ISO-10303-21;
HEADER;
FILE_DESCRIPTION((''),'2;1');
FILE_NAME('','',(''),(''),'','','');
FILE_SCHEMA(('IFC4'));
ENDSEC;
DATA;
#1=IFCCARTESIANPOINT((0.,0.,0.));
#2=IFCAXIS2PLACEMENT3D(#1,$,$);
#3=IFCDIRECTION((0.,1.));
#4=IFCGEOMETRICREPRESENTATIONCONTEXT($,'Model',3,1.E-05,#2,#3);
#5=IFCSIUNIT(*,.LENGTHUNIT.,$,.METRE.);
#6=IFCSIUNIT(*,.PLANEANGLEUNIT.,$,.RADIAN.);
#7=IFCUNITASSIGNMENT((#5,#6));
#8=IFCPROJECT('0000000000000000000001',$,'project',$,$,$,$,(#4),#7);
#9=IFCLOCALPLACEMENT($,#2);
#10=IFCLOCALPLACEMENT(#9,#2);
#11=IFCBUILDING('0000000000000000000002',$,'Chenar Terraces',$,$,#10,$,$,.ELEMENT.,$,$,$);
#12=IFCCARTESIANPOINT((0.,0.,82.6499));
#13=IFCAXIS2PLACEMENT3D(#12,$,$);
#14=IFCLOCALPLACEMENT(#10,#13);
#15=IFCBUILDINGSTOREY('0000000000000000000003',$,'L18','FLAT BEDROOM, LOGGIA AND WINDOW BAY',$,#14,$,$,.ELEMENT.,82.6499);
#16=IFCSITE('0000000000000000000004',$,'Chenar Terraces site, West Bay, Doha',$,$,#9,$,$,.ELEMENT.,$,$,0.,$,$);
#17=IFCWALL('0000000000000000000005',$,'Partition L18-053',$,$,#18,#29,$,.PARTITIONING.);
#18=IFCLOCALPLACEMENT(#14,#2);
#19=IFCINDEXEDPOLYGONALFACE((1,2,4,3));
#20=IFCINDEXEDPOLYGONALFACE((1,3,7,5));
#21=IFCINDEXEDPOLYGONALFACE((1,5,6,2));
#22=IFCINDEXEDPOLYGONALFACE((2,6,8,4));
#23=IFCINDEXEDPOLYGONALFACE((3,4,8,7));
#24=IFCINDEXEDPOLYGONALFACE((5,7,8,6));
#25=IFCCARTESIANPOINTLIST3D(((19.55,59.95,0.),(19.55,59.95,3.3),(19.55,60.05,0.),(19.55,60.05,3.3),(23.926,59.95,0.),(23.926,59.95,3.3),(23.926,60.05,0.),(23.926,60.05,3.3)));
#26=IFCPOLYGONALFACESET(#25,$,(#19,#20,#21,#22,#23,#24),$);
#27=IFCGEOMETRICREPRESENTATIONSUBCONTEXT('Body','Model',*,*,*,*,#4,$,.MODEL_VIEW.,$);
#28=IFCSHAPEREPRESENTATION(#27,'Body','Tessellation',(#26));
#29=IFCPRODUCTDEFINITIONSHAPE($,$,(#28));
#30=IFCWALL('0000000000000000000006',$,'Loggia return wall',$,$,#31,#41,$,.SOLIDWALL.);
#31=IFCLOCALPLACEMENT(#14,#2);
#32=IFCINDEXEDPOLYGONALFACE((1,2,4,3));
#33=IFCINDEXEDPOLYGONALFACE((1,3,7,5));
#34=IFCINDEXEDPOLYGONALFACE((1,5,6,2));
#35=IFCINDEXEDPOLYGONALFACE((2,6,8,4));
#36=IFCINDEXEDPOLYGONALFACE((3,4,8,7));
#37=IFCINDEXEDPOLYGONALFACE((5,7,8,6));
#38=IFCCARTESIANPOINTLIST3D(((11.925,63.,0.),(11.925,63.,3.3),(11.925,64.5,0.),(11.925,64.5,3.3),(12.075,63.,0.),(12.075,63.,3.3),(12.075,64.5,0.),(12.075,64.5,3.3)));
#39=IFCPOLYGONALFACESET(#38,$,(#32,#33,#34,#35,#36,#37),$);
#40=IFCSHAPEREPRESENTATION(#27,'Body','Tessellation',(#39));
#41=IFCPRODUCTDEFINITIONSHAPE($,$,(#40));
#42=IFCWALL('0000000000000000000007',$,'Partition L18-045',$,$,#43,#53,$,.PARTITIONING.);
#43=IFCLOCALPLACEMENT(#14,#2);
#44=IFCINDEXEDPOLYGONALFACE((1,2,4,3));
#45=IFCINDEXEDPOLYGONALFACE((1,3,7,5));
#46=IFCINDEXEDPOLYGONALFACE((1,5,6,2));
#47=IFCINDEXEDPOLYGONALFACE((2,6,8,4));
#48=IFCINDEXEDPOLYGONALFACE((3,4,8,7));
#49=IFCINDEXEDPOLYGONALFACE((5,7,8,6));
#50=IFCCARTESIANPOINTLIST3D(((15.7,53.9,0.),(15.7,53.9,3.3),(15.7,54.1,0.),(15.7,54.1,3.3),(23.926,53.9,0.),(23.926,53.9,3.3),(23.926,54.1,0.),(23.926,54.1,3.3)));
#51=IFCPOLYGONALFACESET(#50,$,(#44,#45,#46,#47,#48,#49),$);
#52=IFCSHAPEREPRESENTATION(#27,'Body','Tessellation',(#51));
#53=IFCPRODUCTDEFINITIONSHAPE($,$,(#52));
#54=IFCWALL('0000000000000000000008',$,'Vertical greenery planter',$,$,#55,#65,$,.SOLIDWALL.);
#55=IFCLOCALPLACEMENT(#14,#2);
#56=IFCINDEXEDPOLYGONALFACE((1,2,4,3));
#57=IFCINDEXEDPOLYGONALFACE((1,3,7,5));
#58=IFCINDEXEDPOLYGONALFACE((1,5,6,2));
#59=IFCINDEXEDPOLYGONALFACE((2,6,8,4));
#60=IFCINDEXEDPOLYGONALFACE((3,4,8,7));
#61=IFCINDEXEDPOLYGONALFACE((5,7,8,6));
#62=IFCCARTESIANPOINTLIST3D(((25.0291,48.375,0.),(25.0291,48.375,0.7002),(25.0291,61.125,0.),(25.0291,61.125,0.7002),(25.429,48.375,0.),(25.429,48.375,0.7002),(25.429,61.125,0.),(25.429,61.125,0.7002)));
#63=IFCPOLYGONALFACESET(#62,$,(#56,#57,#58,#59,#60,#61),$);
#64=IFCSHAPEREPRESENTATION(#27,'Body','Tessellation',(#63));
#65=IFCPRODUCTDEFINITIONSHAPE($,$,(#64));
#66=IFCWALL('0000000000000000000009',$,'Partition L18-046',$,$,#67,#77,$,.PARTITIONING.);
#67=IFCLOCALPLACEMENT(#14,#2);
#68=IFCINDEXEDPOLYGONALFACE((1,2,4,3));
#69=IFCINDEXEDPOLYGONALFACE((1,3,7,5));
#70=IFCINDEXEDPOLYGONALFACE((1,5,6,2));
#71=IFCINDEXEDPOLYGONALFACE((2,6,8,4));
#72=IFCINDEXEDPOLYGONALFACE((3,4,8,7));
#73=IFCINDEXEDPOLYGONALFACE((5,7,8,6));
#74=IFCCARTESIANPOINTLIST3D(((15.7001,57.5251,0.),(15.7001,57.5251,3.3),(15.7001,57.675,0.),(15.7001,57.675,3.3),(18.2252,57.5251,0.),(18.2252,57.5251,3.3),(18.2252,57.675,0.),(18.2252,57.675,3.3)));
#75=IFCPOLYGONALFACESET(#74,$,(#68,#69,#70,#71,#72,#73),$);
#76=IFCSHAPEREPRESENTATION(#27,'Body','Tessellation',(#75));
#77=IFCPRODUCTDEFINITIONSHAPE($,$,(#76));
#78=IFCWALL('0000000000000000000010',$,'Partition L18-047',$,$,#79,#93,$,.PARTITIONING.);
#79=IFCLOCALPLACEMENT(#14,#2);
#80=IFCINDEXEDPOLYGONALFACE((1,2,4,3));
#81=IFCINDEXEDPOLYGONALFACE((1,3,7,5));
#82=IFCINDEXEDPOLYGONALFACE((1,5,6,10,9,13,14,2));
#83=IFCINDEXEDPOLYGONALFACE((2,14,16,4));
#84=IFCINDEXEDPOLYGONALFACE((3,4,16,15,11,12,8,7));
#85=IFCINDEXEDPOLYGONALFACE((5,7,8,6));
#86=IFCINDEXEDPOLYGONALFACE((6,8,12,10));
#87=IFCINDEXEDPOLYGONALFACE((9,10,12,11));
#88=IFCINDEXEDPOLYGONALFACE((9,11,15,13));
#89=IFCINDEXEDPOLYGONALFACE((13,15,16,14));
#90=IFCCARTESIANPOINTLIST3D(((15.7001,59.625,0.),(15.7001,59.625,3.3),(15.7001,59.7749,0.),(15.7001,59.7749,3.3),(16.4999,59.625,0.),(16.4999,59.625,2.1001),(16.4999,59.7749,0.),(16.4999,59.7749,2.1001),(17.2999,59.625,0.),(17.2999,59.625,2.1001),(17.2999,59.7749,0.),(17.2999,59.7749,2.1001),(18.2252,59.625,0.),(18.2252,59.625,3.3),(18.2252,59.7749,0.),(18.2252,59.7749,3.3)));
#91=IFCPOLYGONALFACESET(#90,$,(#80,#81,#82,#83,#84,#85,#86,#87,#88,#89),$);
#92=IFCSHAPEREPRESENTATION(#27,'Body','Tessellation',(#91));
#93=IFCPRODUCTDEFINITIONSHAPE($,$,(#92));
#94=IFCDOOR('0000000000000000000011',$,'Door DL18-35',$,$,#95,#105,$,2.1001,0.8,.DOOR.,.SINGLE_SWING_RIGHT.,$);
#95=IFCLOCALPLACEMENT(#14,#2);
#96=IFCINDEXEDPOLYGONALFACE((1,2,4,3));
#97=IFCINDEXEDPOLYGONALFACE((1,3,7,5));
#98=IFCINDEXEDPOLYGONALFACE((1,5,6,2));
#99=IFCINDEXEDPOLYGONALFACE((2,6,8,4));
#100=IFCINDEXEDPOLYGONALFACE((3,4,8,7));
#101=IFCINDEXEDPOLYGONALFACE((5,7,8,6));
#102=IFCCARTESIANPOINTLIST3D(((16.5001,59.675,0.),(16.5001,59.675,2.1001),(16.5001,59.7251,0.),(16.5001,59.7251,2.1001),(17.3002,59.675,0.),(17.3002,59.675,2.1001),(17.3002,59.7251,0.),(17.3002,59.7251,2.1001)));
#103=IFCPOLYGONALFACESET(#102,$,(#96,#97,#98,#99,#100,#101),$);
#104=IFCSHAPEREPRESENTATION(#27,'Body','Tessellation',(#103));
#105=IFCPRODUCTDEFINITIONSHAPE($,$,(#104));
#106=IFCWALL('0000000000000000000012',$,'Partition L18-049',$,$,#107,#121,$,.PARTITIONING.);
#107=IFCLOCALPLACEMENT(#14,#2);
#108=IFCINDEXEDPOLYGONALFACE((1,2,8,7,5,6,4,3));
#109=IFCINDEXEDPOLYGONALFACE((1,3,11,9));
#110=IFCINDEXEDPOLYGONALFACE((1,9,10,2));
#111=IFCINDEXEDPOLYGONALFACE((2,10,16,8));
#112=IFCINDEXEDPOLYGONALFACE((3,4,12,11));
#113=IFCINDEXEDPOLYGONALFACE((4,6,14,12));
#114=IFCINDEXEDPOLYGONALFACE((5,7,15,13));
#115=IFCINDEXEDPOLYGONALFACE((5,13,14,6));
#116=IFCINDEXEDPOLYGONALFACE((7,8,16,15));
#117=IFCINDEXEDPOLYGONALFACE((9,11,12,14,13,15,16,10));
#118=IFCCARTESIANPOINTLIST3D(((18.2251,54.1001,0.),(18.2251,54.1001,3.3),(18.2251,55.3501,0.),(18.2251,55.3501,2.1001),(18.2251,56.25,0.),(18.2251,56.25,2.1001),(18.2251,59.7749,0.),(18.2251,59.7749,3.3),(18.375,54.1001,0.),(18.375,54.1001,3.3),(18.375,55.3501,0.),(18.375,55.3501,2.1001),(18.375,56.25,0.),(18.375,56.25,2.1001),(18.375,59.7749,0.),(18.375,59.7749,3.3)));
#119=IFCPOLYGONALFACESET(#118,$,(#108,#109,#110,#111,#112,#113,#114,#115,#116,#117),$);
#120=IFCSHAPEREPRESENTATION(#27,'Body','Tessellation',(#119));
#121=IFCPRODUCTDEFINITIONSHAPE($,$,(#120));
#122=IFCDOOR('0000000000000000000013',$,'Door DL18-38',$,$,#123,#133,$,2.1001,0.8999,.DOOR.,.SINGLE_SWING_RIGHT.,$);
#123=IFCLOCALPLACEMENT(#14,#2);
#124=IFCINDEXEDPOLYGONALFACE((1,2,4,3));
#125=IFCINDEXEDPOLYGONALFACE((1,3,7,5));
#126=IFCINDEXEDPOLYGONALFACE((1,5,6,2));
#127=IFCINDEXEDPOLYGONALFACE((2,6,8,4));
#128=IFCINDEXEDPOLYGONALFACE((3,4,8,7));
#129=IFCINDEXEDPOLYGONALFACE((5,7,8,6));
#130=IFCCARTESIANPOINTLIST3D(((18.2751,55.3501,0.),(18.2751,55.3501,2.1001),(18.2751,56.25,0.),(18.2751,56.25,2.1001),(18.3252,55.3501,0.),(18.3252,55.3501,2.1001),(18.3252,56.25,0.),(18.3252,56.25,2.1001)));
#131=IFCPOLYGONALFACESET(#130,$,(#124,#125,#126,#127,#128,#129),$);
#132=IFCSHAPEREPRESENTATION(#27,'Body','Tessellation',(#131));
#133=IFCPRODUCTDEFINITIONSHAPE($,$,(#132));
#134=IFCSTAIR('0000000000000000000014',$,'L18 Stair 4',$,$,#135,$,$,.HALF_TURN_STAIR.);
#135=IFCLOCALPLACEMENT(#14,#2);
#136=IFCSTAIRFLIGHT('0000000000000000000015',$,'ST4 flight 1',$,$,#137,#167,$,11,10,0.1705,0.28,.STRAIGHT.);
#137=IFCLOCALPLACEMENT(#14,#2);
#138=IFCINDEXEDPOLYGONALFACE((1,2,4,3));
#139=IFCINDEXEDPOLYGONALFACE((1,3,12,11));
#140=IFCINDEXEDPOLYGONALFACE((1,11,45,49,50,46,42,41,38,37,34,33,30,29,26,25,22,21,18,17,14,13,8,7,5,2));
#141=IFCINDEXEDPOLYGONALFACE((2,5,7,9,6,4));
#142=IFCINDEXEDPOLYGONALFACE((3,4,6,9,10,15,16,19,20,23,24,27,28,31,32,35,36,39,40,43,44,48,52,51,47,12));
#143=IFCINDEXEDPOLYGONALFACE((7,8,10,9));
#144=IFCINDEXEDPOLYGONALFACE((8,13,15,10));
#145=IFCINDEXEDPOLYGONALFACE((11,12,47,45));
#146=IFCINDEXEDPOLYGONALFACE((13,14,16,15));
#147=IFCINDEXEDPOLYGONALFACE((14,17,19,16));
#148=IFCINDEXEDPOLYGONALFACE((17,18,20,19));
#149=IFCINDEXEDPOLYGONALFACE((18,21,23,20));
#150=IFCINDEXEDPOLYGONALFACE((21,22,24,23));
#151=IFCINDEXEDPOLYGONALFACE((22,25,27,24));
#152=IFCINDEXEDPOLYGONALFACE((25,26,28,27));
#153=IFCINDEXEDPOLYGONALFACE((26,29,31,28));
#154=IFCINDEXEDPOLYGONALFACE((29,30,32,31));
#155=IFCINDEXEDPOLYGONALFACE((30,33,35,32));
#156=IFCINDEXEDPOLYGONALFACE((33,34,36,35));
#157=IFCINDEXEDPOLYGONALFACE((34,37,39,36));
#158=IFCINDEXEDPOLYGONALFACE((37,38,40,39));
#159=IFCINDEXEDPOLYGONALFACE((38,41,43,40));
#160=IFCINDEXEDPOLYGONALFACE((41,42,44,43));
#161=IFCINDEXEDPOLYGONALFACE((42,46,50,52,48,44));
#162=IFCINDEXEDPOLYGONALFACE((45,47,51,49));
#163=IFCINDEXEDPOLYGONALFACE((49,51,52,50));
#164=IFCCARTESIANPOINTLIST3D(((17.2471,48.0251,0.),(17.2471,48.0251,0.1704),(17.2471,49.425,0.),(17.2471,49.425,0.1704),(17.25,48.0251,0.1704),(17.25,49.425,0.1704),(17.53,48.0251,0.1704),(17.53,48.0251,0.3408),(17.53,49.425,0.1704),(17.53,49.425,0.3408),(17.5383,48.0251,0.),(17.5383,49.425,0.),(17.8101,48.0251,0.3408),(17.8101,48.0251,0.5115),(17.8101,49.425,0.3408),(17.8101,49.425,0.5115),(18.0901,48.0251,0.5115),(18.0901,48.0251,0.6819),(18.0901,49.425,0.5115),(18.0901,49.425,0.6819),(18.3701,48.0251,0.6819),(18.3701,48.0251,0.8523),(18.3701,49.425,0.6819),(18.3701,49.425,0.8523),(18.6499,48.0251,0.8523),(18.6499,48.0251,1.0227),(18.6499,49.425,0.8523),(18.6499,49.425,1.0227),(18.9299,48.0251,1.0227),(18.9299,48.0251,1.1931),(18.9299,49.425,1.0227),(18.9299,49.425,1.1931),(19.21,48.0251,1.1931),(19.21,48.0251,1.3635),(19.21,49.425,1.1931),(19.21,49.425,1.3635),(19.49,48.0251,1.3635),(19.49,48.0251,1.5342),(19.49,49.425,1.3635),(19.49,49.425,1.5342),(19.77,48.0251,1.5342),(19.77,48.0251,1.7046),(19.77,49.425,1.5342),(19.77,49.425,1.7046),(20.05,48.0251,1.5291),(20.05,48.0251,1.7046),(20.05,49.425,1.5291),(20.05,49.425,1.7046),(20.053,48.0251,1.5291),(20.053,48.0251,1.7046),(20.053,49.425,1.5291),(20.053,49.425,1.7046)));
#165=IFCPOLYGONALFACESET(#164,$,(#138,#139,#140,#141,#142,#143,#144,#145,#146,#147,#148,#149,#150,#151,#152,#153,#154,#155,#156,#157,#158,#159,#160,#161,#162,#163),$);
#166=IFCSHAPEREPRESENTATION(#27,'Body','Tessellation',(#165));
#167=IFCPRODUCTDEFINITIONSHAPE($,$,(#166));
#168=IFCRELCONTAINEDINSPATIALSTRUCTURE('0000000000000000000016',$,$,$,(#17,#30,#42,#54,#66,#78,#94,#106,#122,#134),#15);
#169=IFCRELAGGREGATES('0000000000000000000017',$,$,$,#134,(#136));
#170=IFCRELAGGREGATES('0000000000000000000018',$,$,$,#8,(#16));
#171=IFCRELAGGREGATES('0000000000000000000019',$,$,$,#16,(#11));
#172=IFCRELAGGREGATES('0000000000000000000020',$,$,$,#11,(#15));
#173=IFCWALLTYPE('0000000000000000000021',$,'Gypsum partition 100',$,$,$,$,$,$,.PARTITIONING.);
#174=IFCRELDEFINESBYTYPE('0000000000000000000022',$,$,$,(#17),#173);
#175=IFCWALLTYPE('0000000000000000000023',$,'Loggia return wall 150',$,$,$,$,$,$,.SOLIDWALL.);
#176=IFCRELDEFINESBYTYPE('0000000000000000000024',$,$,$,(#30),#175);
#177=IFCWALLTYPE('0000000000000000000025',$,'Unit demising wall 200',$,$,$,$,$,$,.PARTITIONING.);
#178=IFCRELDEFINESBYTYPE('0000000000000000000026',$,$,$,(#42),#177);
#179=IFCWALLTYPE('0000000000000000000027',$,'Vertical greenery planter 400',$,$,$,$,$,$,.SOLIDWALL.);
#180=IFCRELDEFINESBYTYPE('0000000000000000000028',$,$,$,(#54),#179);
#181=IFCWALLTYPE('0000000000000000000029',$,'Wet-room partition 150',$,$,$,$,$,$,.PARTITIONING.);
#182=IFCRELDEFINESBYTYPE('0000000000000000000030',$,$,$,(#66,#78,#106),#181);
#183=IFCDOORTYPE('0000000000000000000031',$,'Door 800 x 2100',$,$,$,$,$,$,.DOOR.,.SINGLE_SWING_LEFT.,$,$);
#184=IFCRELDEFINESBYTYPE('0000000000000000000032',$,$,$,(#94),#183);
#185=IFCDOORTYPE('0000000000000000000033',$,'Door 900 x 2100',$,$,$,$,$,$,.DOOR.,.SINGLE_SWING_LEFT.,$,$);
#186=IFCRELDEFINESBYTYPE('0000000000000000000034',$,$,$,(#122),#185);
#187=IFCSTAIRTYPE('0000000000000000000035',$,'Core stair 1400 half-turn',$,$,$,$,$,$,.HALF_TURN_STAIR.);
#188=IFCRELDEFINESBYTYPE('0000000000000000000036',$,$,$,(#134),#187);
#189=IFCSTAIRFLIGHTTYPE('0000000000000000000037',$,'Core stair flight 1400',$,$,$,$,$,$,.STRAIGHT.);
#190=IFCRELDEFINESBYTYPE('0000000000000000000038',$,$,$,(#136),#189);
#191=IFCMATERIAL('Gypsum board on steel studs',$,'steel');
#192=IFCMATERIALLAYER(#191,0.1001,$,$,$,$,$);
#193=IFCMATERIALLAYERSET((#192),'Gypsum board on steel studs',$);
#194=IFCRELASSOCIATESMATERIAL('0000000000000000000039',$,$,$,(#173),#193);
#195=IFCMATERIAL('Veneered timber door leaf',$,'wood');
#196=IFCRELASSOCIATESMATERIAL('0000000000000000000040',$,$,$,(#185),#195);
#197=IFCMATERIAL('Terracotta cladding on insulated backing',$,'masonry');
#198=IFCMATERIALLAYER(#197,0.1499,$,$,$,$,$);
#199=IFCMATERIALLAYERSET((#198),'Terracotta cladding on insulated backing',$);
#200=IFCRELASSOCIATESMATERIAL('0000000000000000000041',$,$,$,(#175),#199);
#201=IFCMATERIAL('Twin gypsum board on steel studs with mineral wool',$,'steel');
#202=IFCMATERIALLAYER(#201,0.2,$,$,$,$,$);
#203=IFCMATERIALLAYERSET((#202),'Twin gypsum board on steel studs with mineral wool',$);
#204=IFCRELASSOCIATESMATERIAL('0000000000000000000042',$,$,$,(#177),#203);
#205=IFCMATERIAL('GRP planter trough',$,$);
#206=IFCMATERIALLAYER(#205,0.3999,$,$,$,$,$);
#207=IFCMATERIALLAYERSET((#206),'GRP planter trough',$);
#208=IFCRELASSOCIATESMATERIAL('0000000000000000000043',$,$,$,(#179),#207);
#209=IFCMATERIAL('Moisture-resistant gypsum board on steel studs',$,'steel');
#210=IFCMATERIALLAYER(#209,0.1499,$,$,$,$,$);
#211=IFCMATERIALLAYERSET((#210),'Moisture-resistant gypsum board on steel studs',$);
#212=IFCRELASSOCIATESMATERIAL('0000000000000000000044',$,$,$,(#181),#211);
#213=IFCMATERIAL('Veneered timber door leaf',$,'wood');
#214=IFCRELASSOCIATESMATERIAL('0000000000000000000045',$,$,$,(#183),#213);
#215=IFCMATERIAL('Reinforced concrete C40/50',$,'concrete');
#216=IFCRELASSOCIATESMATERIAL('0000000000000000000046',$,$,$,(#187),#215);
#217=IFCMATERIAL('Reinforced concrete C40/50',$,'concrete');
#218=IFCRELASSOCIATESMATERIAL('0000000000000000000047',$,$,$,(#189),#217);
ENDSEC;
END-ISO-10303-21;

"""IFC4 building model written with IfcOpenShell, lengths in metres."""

from ifc_helpers import new_model, si_unit, direction, frame, frame_2d, origin, place, context, subcontext, project, spatial, polyline, rectangle, outline, extrude, material, layer, layer_set, type_object, element, fill, aggregate, save


model = new_model("IFC4")

# Units and contexts
model_context = context("Model", 3, precision=1e-05, world=origin(), true_north=direction((0.0, 1.0)))
body_context = subcontext(model_context, "Body", "Model", "MODEL_VIEW")
ifc_project = project(units=[si_unit("LENGTHUNIT", "METRE"), si_unit("PLANEANGLEUNIT", "RADIAN")], contexts=[model_context])

# Site, building, storey
site_placement = place(None, origin())
site = spatial("IfcSite", under=ifc_project, at=site_placement, Name="Chenar Terraces site, West Bay, Doha", CompositionType="ELEMENT", RefElevation=0.0)
building_placement = place(site_placement, origin())
building = spatial("IfcBuilding", under=site, at=building_placement, Name="Chenar Terraces", CompositionType="ELEMENT")
storey_placement = place(building_placement, frame((0.0, 0.0, 82.6499)))
storey = spatial("IfcBuildingStorey", under=building, at=storey_placement, Name="L18", Description="FLAT BEDROOM, LOGGIA AND WINDOW BAY", CompositionType="ELEMENT", Elevation=82.6499)

# Shared definitions
ifc_material_1 = material(Name="Gypsum board on steel studs", Category="steel")
ifc_layer_1 = layer(ifc_material_1, 0.1001)
ifc_layer_set_1 = layer_set([ifc_layer_1], Name="Gypsum board on steel studs")
wall_type_1 = type_object("IfcWallType", Name="Gypsum partition 100", PredefinedType="PARTITIONING", material=ifc_layer_set_1)
ifc_material_2 = material(Name="Veneered timber door leaf", Category="wood")
door_type_1 = type_object("IfcDoorType", Name="Door 900 x 2100", OperationType="SINGLE_SWING_LEFT", PredefinedType="DOOR", material=ifc_material_2)

# Walls
for number, where, z_axis, x_axis, name in (
    (1, (19.55, 60.0, 0.0), (0.0, 0.0, 1.0), (1.0, 0.0, 0.0), "Partition L18-053"),
):
    element("IfcWall", number, at=place(storey_placement, frame(where, z_axis=z_axis, x_axis=x_axis)), inside=storey, type_object=wall_type_1, Name=name, PredefinedType="PARTITIONING", context=body_context, shape_type="SweptSolid", body=[
        extrude(rectangle(XDim=4.376, YDim=0.1001, at=frame_2d((2.188, 0.0))), origin(), (0.0, 0.0, 1.0), 3.3),
    ])
ifc_material_3 = material(Name="Terracotta cladding on insulated backing", Category="masonry")
ifc_layer_2 = layer(ifc_material_3, 0.1499)
ifc_layer_set_2 = layer_set([ifc_layer_2], Name="Terracotta cladding on insulated backing")
wall_type_2 = type_object("IfcWallType", Name="Loggia return wall 150", PredefinedType="SOLIDWALL", material=ifc_layer_set_2)
wall_1_placement = place(storey_placement, frame((12.0, 64.5, 0.0), z_axis=(0.0, 0.0, 1.0), x_axis=(0.0, -1.0, 0.0)))
element("IfcWall", 2, at=wall_1_placement, inside=storey, type_object=wall_type_2, Name="Loggia return wall", PredefinedType="SOLIDWALL", context=body_context, shape_type="SweptSolid", body=[
    extrude(rectangle(XDim=1.5, YDim=0.1499, at=frame_2d((0.75, 0.0))), origin(), (0.0, 0.0, 1.0), 3.3),
])
ifc_material_4 = material(Name="Twin gypsum board on steel studs with mineral wool", Category="steel")
ifc_layer_3 = layer(ifc_material_4, 0.2)
ifc_layer_set_3 = layer_set([ifc_layer_3], Name="Twin gypsum board on steel studs with mineral wool")
wall_type_3 = type_object("IfcWallType", Name="Unit demising wall 200", PredefinedType="PARTITIONING", material=ifc_layer_set_3)
wall_2_placement = place(storey_placement, frame((15.7, 54.0, 0.0), z_axis=(0.0, 0.0, 1.0), x_axis=(1.0, 0.0, 0.0)))
element("IfcWall", 3, at=wall_2_placement, inside=storey, type_object=wall_type_3, Name="Partition L18-045", PredefinedType="PARTITIONING", context=body_context, shape_type="SweptSolid", body=[
    extrude(rectangle(XDim=8.2261, YDim=0.2, at=frame_2d((4.113, 0.0))), origin(), (0.0, 0.0, 1.0), 3.3),
])
ifc_material_5 = material(Name="GRP planter trough")
ifc_layer_4 = layer(ifc_material_5, 0.3999)
ifc_layer_set_4 = layer_set([ifc_layer_4], Name="GRP planter trough")
wall_type_4 = type_object("IfcWallType", Name="Vertical greenery planter 400", PredefinedType="SOLIDWALL", material=ifc_layer_set_4)
wall_3_placement = place(storey_placement, frame((25.229, 48.375, 0.0), z_axis=(0.0, 0.0, 1.0), x_axis=(0.0, 1.0, 0.0)))
element("IfcWall", 4, at=wall_3_placement, inside=storey, type_object=wall_type_4, Name="Vertical greenery planter", PredefinedType="SOLIDWALL", context=body_context, shape_type="SweptSolid", body=[
    extrude(rectangle(XDim=12.75, YDim=0.3999, at=frame_2d((6.375, 0.0))), origin(), (0.0, 0.0, 1.0), 0.7002),
])
ifc_material_6 = material(Name="Moisture-resistant gypsum board on steel studs", Category="steel")
ifc_layer_5 = layer(ifc_material_6, 0.1499)
ifc_layer_set_5 = layer_set([ifc_layer_5], Name="Moisture-resistant gypsum board on steel studs")
wall_type_5 = type_object("IfcWallType", Name="Wet-room partition 150", PredefinedType="PARTITIONING", material=ifc_layer_set_5)
wall_4_placement = place(storey_placement, frame((15.7, 57.6001, 0.0), z_axis=(0.0, 0.0, 1.0), x_axis=(1.0, 0.0, 0.0)))
element("IfcWall", 5, at=wall_4_placement, inside=storey, type_object=wall_type_5, Name="Partition L18-046", PredefinedType="PARTITIONING", context=body_context, shape_type="SweptSolid", body=[
    extrude(rectangle(XDim=2.5251, YDim=0.1499, at=frame_2d((1.2627, 0.0))), origin(), (0.0, 0.0, 1.0), 3.3),
])

# Walls, openings, doors
wall_5_placement = place(storey_placement, frame((15.7, 59.7, 0.0), z_axis=(0.0, 0.0, 1.0), x_axis=(1.0, 0.0, 0.0)))
wall_5 = element("IfcWall", 6, at=wall_5_placement, inside=storey, type_object=wall_type_5, Name="Partition L18-047", PredefinedType="PARTITIONING", context=body_context, shape_type="SweptSolid", body=[
    extrude(rectangle(XDim=2.5251, YDim=0.1499, at=frame_2d((1.2627, 0.0))), origin(), (0.0, 0.0, 1.0), 3.3),
])
opening_1_placement = place(wall_5_placement, frame((0.8, 0.0, 0.0)))
opening_1 = element("IfcOpeningElement", 7, at=opening_1_placement, cuts=wall_5, PredefinedType="OPENING", context=body_context, shape_type="SweptSolid", body=[
    extrude(rectangle(XDim=0.8, YDim=2.1001, at=frame_2d((0.3999, 1.05))), frame((0.0, 0.085, 0.0), z_axis=(0.0, -1.0, 0.0), x_axis=(1.0, 0.0, 0.0)), (0.0, 0.0, 1.0), 0.1699),
])
ifc_material_7 = material(Name="Veneered timber door leaf", Category="wood")
door_type_2 = type_object("IfcDoorType", Name="Door 800 x 2100", OperationType="SINGLE_SWING_LEFT", PredefinedType="DOOR", material=ifc_material_7)
door_1_placement = place(opening_1_placement, frame((0.8, 0.0, 0.0), z_axis=(0.0, 0.0, 1.0), x_axis=(-1.0, 0.0, 0.0)))
door_1 = element("IfcDoor", 8, at=door_1_placement, inside=storey, type_object=door_type_2, Name="Door DL18-35", OperationType="SINGLE_SWING_RIGHT", OverallHeight=2.1001, OverallWidth=0.8, PredefinedType="DOOR", context=body_context, shape_type="SweptSolid", body=[
    extrude(rectangle(XDim=0.8, YDim=2.1001, at=frame_2d((0.3999, 1.05))), frame((0.0, 0.0249, 0.0), z_axis=(0.0, -1.0, 0.0), x_axis=(1.0, 0.0, 0.0)), (0.0, 0.0, 1.0), 0.05),
])
fill(opening_1, door_1)
wall_6_placement = place(storey_placement, frame((18.3, 54.1001, 0.0), z_axis=(0.0, 0.0, 1.0), x_axis=(0.0, 1.0, 0.0)))
wall_6 = element("IfcWall", 9, at=wall_6_placement, inside=storey, type_object=wall_type_5, Name="Partition L18-049", PredefinedType="PARTITIONING", context=body_context, shape_type="SweptSolid", body=[
    extrude(rectangle(XDim=5.6748, YDim=0.1499, at=frame_2d((2.8374, 0.0))), origin(), (0.0, 0.0, 1.0), 3.3),
])
opening_2_placement = place(wall_6_placement, frame((1.25, 0.0, 0.0)))
opening_2 = element("IfcOpeningElement", 10, at=opening_2_placement, cuts=wall_6, PredefinedType="OPENING", context=body_context, shape_type="SweptSolid", body=[
    extrude(rectangle(XDim=0.8999, YDim=2.1001, at=frame_2d((0.45, 1.05))), frame((0.0, 0.085, 0.0), z_axis=(0.0, -1.0, 0.0), x_axis=(1.0, 0.0, 0.0)), (0.0, 0.0, 1.0), 0.1699),
])
door_2_placement = place(opening_2_placement, origin())
door_2 = element("IfcDoor", 11, at=door_2_placement, inside=storey, type_object=door_type_1, Name="Door DL18-38", OperationType="SINGLE_SWING_RIGHT", OverallHeight=2.1001, OverallWidth=0.8999, PredefinedType="DOOR", context=body_context, shape_type="SweptSolid", body=[
    extrude(rectangle(XDim=0.8999, YDim=2.1001, at=frame_2d((0.45, 1.05))), frame((0.0, 0.0249, 0.0), z_axis=(0.0, -1.0, 0.0), x_axis=(1.0, 0.0, 0.0)), (0.0, 0.0, 1.0), 0.05),
])
fill(opening_2, door_2)

# Stair, stair flight
ifc_material_8 = material(Name="Reinforced concrete C40/50", Category="concrete")
stair_type = type_object("IfcStairType", Name="Core stair 1400 half-turn", PredefinedType="HALF_TURN_STAIR", material=ifc_material_8)
stair_placement = place(storey_placement, origin())
stair = element("IfcStair", 12, at=stair_placement, inside=storey, type_object=stair_type, Name="L18 Stair 4", PredefinedType="HALF_TURN_STAIR")
ifc_material_9 = material(Name="Reinforced concrete C40/50", Category="concrete")
stair_flight_type = type_object("IfcStairFlightType", Name="Core stair flight 1400", PredefinedType="STRAIGHT", material=ifc_material_9)
stair_flight_1_placement = place(storey_placement, frame((17.25, 48.7251, 0.0), z_axis=(0.0, 0.0, 1.0), x_axis=(1.0, 0.0, 0.0)))
stair_flight_1 = element("IfcStairFlight", 13, at=stair_flight_1_placement, type_object=stair_flight_type, Name="ST4 flight 1", NumberOfRisers=11, NumberOfTreads=10, PredefinedType="STRAIGHT", RiserHeight=0.1705, TreadLength=0.28, context=body_context, shape_type="SweptSolid", body=[
    extrude(outline(polyline([(-0.0029, 0.0), (-0.0029, 0.1704), (0.0, 0.1704), (0.28, 0.1704), (0.28, 0.3408), (0.5601, 0.3408), (0.5601, 0.5115), (0.8401, 0.5115), (0.8401, 0.6819), (1.1201, 0.6819), (1.1201, 0.8523), (1.3999, 0.8523), (1.3999, 1.0227), (1.6799, 1.0227), (1.6799, 1.1931), (1.96, 1.1931), (1.96, 1.3635), (2.24, 1.3635), (2.24, 1.5342), (2.52, 1.5342), (2.52, 1.7046), (2.8, 1.7046), (2.803, 1.7046), (2.803, 1.5291), (2.8, 1.5291), (0.2883, 0.0), (-0.0029, 0.0)])), frame((0.0, 0.7, 0.0), z_axis=(0.0, -1.0, 0.0), x_axis=(1.0, 0.0, 0.0)), (0.0, 0.0, 1.0), 1.3999),
])
aggregate(stair, [stair_flight_1])

save(model, "model.ifc")
